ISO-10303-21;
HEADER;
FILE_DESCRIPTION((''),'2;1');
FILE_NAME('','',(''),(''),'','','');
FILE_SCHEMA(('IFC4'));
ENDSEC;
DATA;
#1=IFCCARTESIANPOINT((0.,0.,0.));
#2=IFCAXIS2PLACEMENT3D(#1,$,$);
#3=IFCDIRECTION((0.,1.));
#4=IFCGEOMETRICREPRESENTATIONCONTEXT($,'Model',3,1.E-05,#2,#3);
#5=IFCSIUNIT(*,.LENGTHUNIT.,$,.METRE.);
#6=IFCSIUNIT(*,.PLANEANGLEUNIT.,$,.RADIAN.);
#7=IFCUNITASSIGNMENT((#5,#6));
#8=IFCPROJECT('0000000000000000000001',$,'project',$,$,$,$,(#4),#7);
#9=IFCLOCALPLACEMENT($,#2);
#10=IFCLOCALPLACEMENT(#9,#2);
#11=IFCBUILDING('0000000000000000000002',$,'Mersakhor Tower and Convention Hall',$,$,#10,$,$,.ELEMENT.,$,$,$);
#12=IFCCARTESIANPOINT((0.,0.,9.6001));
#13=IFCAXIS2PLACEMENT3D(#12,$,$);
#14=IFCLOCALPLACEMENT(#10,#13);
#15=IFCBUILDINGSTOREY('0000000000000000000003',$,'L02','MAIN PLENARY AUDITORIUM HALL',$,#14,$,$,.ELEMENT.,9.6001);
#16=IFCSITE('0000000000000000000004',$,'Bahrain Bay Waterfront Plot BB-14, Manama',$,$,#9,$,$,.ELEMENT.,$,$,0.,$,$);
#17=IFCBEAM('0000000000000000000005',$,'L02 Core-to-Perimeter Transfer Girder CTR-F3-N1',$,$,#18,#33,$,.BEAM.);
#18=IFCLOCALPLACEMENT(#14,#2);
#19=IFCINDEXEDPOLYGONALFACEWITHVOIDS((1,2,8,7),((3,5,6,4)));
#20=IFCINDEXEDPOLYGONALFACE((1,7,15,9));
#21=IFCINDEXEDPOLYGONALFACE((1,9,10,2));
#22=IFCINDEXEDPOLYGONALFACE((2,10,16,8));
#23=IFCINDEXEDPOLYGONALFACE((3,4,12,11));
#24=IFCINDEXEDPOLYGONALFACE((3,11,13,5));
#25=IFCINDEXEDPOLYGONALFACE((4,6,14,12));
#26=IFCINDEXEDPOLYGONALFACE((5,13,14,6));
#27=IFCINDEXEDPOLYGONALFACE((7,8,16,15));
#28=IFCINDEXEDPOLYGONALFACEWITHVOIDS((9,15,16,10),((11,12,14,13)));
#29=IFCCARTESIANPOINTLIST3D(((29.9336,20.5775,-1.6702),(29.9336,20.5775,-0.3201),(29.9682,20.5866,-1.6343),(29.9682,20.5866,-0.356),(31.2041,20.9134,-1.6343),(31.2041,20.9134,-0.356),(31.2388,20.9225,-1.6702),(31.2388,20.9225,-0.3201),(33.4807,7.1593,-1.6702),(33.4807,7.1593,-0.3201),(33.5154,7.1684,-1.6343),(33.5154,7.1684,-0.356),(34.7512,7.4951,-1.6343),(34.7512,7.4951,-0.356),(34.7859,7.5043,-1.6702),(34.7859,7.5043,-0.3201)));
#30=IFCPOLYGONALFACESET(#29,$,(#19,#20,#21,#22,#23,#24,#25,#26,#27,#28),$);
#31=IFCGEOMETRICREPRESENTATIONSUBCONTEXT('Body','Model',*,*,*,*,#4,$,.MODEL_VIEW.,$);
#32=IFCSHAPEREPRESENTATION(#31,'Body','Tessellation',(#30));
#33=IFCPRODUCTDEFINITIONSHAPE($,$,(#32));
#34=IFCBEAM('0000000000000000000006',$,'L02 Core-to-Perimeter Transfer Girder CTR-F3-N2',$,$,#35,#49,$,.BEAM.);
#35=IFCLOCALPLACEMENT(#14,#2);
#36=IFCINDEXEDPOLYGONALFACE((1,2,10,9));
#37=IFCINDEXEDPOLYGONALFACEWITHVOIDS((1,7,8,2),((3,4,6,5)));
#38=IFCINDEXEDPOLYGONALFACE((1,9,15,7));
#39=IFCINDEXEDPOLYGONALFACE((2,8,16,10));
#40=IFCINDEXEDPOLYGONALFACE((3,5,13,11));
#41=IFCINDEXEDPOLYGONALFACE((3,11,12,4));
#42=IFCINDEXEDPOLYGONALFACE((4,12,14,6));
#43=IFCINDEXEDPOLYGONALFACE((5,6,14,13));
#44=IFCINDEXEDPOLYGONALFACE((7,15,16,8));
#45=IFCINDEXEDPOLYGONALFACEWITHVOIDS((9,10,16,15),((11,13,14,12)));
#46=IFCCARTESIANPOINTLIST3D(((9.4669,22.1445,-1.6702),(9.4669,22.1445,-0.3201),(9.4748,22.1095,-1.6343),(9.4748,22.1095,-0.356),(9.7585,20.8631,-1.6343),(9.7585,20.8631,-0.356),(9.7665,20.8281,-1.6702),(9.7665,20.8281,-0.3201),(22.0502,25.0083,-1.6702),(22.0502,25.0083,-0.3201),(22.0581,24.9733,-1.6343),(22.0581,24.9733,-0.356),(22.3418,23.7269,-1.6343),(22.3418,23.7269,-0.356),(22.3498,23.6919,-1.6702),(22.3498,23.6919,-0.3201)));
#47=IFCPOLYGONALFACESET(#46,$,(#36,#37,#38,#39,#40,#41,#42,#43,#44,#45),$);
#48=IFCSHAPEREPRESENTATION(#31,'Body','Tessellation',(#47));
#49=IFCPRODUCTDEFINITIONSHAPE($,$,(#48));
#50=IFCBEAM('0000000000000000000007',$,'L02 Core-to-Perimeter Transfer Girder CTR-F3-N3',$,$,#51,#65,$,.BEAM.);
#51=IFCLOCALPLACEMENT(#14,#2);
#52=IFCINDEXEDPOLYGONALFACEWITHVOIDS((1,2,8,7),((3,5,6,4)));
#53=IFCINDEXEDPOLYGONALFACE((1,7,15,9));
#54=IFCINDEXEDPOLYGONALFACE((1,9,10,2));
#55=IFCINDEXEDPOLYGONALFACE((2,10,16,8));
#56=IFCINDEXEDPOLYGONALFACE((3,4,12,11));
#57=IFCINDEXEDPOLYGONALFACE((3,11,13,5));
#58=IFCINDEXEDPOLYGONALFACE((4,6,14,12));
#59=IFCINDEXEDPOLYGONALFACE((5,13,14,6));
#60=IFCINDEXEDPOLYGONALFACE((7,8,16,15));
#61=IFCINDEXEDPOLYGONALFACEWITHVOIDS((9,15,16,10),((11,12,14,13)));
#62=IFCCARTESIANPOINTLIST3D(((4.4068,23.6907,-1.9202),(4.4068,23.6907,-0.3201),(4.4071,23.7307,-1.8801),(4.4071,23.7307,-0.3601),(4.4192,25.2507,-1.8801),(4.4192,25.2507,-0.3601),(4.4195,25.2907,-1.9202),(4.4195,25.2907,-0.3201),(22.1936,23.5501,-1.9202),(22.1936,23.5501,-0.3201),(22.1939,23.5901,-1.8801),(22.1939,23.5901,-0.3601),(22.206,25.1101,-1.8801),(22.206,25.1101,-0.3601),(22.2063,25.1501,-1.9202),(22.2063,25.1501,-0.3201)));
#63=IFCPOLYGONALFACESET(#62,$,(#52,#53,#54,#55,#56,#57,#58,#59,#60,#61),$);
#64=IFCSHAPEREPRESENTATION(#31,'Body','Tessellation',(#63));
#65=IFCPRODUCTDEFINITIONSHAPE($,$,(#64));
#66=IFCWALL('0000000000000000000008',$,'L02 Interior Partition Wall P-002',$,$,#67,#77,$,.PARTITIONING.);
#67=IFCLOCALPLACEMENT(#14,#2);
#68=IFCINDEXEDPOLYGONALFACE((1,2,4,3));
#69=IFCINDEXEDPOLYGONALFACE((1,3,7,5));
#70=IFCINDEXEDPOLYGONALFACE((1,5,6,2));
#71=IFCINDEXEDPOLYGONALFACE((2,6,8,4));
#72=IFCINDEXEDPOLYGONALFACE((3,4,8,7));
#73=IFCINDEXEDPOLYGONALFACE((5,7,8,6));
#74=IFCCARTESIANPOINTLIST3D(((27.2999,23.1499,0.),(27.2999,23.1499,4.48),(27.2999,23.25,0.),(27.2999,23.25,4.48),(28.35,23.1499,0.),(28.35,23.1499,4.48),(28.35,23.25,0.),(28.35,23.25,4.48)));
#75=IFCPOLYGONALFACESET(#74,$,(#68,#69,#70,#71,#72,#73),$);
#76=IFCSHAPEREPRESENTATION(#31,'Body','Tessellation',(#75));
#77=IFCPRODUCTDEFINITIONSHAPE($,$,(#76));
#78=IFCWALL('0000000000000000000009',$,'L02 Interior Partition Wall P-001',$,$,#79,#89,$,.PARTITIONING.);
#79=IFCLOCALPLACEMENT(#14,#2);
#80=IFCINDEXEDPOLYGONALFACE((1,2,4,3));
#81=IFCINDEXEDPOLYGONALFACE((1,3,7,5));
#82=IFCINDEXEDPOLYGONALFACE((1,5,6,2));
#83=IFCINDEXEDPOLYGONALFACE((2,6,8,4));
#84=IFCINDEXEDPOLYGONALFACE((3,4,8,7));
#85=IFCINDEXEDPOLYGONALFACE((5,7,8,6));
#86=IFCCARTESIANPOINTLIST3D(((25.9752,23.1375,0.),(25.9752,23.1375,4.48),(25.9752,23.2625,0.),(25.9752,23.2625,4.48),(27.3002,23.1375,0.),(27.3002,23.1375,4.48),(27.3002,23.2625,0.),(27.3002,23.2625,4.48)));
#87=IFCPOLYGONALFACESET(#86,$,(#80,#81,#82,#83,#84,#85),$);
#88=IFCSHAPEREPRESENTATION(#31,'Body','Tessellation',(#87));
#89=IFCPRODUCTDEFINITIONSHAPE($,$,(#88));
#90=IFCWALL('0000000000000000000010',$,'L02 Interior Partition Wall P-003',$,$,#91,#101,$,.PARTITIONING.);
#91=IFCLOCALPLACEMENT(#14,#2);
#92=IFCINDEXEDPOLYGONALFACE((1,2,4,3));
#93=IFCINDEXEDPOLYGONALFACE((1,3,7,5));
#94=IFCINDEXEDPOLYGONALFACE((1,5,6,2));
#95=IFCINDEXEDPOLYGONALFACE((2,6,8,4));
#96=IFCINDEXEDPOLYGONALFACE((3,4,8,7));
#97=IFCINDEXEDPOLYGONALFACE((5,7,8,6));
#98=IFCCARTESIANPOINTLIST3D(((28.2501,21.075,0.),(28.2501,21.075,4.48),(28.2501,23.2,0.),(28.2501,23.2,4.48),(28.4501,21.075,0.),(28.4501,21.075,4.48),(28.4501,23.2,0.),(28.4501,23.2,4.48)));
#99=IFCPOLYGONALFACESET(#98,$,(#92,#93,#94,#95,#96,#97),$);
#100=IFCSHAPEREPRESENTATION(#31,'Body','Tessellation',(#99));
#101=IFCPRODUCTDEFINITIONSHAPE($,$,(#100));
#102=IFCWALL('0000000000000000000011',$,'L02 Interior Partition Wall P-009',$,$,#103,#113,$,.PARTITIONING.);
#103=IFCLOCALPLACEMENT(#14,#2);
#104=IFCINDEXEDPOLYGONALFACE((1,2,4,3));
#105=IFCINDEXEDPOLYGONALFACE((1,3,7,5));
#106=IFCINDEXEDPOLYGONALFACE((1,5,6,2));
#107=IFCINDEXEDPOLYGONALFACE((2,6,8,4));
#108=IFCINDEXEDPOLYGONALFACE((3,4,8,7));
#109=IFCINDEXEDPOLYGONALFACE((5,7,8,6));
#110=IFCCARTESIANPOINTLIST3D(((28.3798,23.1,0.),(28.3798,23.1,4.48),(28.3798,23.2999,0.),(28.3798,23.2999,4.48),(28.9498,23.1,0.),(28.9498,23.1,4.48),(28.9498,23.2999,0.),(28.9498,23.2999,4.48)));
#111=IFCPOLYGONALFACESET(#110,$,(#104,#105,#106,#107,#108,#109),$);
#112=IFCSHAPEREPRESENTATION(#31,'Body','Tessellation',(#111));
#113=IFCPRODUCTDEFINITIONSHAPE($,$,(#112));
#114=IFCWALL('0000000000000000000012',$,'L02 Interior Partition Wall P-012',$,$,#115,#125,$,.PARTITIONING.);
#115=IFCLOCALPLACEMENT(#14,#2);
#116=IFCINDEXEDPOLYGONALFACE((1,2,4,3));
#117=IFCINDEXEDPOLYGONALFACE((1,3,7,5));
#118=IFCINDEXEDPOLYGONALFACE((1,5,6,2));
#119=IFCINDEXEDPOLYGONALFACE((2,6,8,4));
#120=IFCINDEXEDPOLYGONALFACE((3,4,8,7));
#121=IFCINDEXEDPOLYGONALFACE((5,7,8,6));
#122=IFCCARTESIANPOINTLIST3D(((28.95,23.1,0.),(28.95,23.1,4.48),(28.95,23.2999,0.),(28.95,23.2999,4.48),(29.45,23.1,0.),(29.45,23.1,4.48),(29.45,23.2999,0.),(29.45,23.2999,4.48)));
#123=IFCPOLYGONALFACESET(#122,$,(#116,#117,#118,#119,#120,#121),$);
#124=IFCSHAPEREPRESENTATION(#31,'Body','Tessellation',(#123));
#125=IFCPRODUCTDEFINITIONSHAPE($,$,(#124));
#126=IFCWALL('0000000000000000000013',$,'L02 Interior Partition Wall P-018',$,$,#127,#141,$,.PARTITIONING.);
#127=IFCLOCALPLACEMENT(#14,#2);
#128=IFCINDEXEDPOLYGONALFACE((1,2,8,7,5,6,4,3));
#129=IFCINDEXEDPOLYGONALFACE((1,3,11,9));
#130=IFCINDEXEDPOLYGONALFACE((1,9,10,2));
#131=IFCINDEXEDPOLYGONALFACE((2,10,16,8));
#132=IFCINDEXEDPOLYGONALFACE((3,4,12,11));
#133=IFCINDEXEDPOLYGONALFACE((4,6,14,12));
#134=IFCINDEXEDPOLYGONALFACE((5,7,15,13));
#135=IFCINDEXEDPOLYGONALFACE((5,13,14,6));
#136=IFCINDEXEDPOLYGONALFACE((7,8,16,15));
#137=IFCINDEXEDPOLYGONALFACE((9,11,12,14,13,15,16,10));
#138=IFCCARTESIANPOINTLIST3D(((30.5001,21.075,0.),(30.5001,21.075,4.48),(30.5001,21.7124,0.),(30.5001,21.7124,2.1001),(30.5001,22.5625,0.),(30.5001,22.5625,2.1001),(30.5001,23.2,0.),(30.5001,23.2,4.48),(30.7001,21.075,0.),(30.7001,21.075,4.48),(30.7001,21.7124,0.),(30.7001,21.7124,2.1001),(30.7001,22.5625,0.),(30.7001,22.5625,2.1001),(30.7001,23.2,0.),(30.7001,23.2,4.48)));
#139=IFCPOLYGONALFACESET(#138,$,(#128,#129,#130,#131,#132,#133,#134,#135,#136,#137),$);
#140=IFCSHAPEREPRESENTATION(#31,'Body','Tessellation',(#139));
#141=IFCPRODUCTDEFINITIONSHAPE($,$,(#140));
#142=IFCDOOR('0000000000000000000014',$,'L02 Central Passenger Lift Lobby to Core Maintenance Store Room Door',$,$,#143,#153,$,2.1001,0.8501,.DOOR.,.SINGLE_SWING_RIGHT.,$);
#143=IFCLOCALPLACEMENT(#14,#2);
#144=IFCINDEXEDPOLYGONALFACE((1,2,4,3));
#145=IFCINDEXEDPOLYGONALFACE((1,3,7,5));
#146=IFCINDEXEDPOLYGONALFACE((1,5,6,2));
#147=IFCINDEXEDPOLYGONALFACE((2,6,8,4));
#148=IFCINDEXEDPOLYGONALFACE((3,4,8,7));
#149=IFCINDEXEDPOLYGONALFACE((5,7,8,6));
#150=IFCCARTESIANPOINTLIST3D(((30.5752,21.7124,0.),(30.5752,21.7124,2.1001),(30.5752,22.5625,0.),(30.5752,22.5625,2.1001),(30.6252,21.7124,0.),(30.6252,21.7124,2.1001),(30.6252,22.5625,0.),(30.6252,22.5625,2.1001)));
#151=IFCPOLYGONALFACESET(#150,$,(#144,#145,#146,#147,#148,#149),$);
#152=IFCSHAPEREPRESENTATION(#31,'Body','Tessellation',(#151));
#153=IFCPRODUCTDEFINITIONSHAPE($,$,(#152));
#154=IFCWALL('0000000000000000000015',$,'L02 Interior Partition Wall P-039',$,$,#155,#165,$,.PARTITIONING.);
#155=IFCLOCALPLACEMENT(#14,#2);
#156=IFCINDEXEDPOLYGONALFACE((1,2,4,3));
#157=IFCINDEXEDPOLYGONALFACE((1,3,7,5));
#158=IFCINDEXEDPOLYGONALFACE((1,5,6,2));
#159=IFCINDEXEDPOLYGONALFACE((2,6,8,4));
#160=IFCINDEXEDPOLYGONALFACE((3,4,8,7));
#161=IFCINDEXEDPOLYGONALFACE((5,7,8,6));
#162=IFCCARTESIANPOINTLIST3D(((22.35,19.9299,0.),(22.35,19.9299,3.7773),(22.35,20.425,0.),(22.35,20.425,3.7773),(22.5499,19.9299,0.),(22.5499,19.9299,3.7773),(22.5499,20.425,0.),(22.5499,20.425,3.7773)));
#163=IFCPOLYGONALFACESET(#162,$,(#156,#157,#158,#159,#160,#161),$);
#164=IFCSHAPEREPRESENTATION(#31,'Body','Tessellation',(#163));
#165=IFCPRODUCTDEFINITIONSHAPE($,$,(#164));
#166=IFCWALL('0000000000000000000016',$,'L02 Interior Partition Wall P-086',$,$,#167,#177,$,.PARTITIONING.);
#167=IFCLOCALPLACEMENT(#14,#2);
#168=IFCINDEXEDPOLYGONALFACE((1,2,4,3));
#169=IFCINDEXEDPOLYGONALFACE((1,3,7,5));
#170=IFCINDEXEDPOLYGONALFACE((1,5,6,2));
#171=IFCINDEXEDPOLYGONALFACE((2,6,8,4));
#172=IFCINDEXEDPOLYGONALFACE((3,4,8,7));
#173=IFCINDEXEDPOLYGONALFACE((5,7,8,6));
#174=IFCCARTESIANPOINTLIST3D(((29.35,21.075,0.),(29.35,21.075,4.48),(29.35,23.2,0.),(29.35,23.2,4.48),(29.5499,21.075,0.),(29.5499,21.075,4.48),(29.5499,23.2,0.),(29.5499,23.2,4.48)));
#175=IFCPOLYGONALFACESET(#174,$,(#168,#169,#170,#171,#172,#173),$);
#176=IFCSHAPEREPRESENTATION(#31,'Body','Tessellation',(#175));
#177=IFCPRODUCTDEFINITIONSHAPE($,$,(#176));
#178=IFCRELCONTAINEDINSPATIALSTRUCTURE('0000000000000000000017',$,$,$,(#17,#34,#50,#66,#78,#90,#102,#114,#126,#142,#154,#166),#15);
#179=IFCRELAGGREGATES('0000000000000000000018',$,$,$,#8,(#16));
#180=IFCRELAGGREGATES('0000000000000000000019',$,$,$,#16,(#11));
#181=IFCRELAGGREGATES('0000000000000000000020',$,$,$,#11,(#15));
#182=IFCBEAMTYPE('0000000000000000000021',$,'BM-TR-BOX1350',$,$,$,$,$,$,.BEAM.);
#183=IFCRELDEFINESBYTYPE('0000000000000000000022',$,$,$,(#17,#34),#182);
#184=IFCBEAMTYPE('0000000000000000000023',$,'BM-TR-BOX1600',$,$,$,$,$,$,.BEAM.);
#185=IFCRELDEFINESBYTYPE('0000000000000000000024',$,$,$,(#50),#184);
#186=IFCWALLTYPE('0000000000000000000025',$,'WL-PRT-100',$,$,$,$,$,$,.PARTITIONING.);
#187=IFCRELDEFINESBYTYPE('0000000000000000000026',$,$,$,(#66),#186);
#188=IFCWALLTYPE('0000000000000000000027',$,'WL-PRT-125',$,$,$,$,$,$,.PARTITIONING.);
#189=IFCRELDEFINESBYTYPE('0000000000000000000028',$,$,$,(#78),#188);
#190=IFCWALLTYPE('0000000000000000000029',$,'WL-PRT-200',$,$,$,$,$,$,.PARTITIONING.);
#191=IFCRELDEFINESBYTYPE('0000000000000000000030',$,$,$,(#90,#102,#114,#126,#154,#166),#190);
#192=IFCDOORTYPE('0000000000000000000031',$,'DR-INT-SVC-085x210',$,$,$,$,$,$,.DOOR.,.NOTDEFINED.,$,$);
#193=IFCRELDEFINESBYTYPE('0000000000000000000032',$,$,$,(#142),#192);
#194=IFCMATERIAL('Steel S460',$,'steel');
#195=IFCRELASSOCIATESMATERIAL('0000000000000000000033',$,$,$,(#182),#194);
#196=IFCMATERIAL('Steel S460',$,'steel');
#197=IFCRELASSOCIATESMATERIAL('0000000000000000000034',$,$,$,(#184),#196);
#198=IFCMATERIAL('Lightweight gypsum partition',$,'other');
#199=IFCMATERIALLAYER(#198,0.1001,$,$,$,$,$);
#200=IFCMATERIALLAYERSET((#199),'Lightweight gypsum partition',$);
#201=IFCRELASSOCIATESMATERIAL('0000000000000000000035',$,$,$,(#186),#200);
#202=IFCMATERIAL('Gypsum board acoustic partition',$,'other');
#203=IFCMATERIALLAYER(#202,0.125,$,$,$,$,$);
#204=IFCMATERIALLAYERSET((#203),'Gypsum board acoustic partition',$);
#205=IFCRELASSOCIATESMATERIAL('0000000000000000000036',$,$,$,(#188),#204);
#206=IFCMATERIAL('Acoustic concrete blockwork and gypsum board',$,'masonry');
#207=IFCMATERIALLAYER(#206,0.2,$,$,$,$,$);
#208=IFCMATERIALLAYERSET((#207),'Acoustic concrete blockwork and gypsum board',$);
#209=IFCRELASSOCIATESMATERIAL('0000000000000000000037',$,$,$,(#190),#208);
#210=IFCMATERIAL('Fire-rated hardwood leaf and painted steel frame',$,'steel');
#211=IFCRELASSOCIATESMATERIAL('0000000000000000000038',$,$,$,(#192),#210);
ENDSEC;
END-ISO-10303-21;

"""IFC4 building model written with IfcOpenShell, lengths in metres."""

from ifc_helpers import new_model, si_unit, direction, frame, frame_2d, origin, origin_2d, place, context, subcontext, project, spatial, rectangle, hollow_rectangle, extrude, material, layer, layer_set, material_profile, profile_set, type_object, element, fill, save


model = new_model("IFC4")

# Units and contexts
model_context = context("Model", 3, precision=1e-05, world=origin(), true_north=direction((0.0, 1.0)))
body_context = subcontext(model_context, "Body", "Model", "MODEL_VIEW")
ifc_project = project(units=[si_unit("LENGTHUNIT", "METRE"), si_unit("PLANEANGLEUNIT", "RADIAN")], contexts=[model_context])

# Site, building, storey
site_placement = place(None, origin())
site = spatial("IfcSite", under=ifc_project, at=site_placement, Name="Bahrain Bay Waterfront Plot BB-14, Manama", CompositionType="ELEMENT", RefElevation=0.0)
building_placement = place(site_placement, origin())
building = spatial("IfcBuilding", under=site, at=building_placement, Name="Mersakhor Tower and Convention Hall", CompositionType="ELEMENT")
storey_placement = place(building_placement, frame((0.0, 0.0, 9.6001)))
storey = spatial("IfcBuildingStorey", under=building, at=storey_placement, Name="L02", Description="MAIN PLENARY AUDITORIUM HALL", CompositionType="ELEMENT", Elevation=9.6001)

# Beams
ifc_material_1 = material(Name="Steel S460", Category="steel")
ifc_material_profile_1 = material_profile(ifc_material_1, hollow_rectangle(XDim=1.3501, YDim=1.3501, WallThickness=0.0359, at=origin_2d()), Name="SHS 1350x1350x36")
ifc_profile_set_1 = profile_set([ifc_material_profile_1], Name="Steel S460")
beam_type_1 = type_object("IfcBeamType", Name="BM-TR-BOX1350", PredefinedType="BEAM", material=ifc_profile_set_1)
beam_1_placement = place(storey_placement, frame((30.5862, 20.75, -0.9951), z_axis=(0.255572, -0.96679, 0.0), x_axis=(0.96679, 0.255572, 0.0)))
element("IfcBeam", 1, at=beam_1_placement, inside=storey, type_object=beam_type_1, Name="L02 Core-to-Perimeter Transfer Girder CTR-F3-N1", PredefinedType="BEAM", context=body_context, shape_type="SweptSolid", body=[
    extrude(hollow_rectangle(XDim=1.3501, YDim=1.3501, WallThickness=0.0359, at=origin_2d()), origin(), (0.0, 0.0, 1.0), 13.8792),
])
beam_2_placement = place(storey_placement, frame((22.2, 24.3501, -0.9951), z_axis=(-0.975067, -0.221911, 0.0), x_axis=(0.221911, -0.975067, 0.0)))
element("IfcBeam", 2, at=beam_2_placement, inside=storey, type_object=beam_type_1, Name="L02 Core-to-Perimeter Transfer Girder CTR-F3-N2", PredefinedType="BEAM", context=body_context, shape_type="SweptSolid", body=[
    extrude(hollow_rectangle(XDim=1.3501, YDim=1.3501, WallThickness=0.0359, at=origin_2d()), origin(), (0.0, 0.0, 1.0), 12.905),
])
ifc_material_2 = material(Name="Steel S460", Category="steel")
ifc_material_profile_2 = material_profile(ifc_material_2, hollow_rectangle(XDim=1.6001, YDim=1.6001, WallThickness=0.04, at=origin_2d()), Name="SHS 1600x1600x40")
ifc_profile_set_2 = profile_set([ifc_material_profile_2], Name="Steel S460")
beam_type_2 = type_object("IfcBeamType", Name="BM-TR-BOX1600", PredefinedType="BEAM", material=ifc_profile_set_2)
beam_3_placement = place(storey_placement, frame((22.2, 24.3501, -1.1201), z_axis=(-0.999969, 0.007906, 0.0), x_axis=(-0.007906, -0.999969, 0.0)))
element("IfcBeam", 3, at=beam_3_placement, inside=storey, type_object=beam_type_2, Name="L02 Core-to-Perimeter Transfer Girder CTR-F3-N3", PredefinedType="BEAM", context=body_context, shape_type="SweptSolid", body=[
    extrude(hollow_rectangle(XDim=1.6001, YDim=1.6001, WallThickness=0.04, at=origin_2d()), origin(), (0.0, 0.0, 1.0), 17.7874),
])

# Walls
ifc_material_3 = material(Name="Lightweight gypsum partition", Category="other")
ifc_layer_1 = layer(ifc_material_3, 0.1001)
ifc_layer_set_1 = layer_set([ifc_layer_1], Name="Lightweight gypsum partition")
wall_type_1 = type_object("IfcWallType", Name="WL-PRT-100", PredefinedType="PARTITIONING", material=ifc_layer_set_1)
wall_1_placement = place(storey_placement, frame((27.3, 23.2, 0.0), z_axis=(0.0, 0.0, 1.0), x_axis=(1.0, 0.0, 0.0)))
element("IfcWall", 4, at=wall_1_placement, inside=storey, type_object=wall_type_1, Name="L02 Interior Partition Wall P-002", PredefinedType="PARTITIONING", context=body_context, shape_type="SweptSolid", body=[
    extrude(rectangle(XDim=1.05, YDim=0.1001, at=frame_2d((0.5249, 0.0))), origin(), (0.0, 0.0, 1.0), 4.48),
])
ifc_material_4 = material(Name="Gypsum board acoustic partition", Category="other")
ifc_layer_2 = layer(ifc_material_4, 0.125)
ifc_layer_set_2 = layer_set([ifc_layer_2], Name="Gypsum board acoustic partition")
wall_type_2 = type_object("IfcWallType", Name="WL-PRT-125", PredefinedType="PARTITIONING", material=ifc_layer_set_2)
wall_2_placement = place(storey_placement, frame((25.9751, 23.2, 0.0), z_axis=(0.0, 0.0, 1.0), x_axis=(1.0, 0.0, 0.0)))
element("IfcWall", 5, at=wall_2_placement, inside=storey, type_object=wall_type_2, Name="L02 Interior Partition Wall P-001", PredefinedType="PARTITIONING", context=body_context, shape_type="SweptSolid", body=[
    extrude(rectangle(XDim=1.325, YDim=0.125, at=frame_2d((0.6626, 0.0))), origin(), (0.0, 0.0, 1.0), 4.48),
])
ifc_material_5 = material(Name="Acoustic concrete blockwork and gypsum board", Category="masonry")
ifc_layer_3 = layer(ifc_material_5, 0.2)
ifc_layer_set_3 = layer_set([ifc_layer_3], Name="Acoustic concrete blockwork and gypsum board")
wall_type_3 = type_object("IfcWallType", Name="WL-PRT-200", PredefinedType="PARTITIONING", material=ifc_layer_set_3)
wall_3_placement = place(storey_placement, frame((28.3501, 23.2, 0.0), z_axis=(0.0, 0.0, 1.0), x_axis=(0.0, -1.0, 0.0)))
element("IfcWall", 6, at=wall_3_placement, inside=storey, type_object=wall_type_3, Name="L02 Interior Partition Wall P-003", PredefinedType="PARTITIONING", context=body_context, shape_type="SweptSolid", body=[
    extrude(rectangle(XDim=2.125, YDim=0.2, at=frame_2d((1.0625, 0.0))), origin(), (0.0, 0.0, 1.0), 4.48),
])
wall_4_placement = place(storey_placement, frame((28.95, 23.2, 0.0), z_axis=(0.0, 0.0, 1.0), x_axis=(-1.0, 0.0, 0.0)))
element("IfcWall", 7, at=wall_4_placement, inside=storey, type_object=wall_type_3, Name="L02 Interior Partition Wall P-009", PredefinedType="PARTITIONING", context=body_context, shape_type="SweptSolid", body=[
    extrude(rectangle(XDim=0.5701, YDim=0.2, at=frame_2d((0.2852, 0.0))), origin(), (0.0, 0.0, 1.0), 4.48),
])
wall_5_placement = place(storey_placement, frame((29.45, 23.2, 0.0), z_axis=(0.0, 0.0, 1.0), x_axis=(-1.0, 0.0, 0.0)))
element("IfcWall", 8, at=wall_5_placement, inside=storey, type_object=wall_type_3, Name="L02 Interior Partition Wall P-012", PredefinedType="PARTITIONING", context=body_context, shape_type="SweptSolid", body=[
    extrude(rectangle(XDim=0.5, YDim=0.2, at=frame_2d((0.25, 0.0))), origin(), (0.0, 0.0, 1.0), 4.48),
])

# Wall, opening, door
wall_6_placement = place(storey_placement, frame((30.6001, 21.075, 0.0), z_axis=(0.0, 0.0, 1.0), x_axis=(0.0, 1.0, 0.0)))
wall_6 = element("IfcWall", 9, at=wall_6_placement, inside=storey, type_object=wall_type_3, Name="L02 Interior Partition Wall P-018", PredefinedType="PARTITIONING", context=body_context, shape_type="SweptSolid", body=[
    extrude(rectangle(XDim=2.125, YDim=0.2, at=frame_2d((1.0625, 0.0))), origin(), (0.0, 0.0, 1.0), 4.48),
])
opening_1_placement = place(wall_6_placement, frame((0.6375, 0.0, 0.0)))
opening_1 = element("IfcOpeningElement", 10, at=opening_1_placement, cuts=wall_6, PredefinedType="OPENING", context=body_context, shape_type="SweptSolid", body=[
    extrude(rectangle(XDim=0.8501, YDim=2.1001, at=frame_2d((0.425, 1.05))), frame((0.0, 0.1099, 0.0), z_axis=(0.0, -1.0, 0.0), x_axis=(1.0, 0.0, 0.0)), (0.0, 0.0, 1.0), 0.22),
])
ifc_material_6 = material(Name="Fire-rated hardwood leaf and painted steel frame", Category="steel")
door_type_1 = type_object("IfcDoorType", Name="DR-INT-SVC-085x210", OperationType="NOTDEFINED", PredefinedType="DOOR", material=ifc_material_6)
door_1_placement = place(opening_1_placement, origin())
door_1 = element("IfcDoor", 11, at=door_1_placement, inside=storey, type_object=door_type_1, Name="L02 Central Passenger Lift Lobby to Core Maintenance Store Room Door", OperationType="SINGLE_SWING_RIGHT", OverallHeight=2.1001, OverallWidth=0.8501, PredefinedType="DOOR", context=body_context, shape_type="SweptSolid", body=[
    extrude(rectangle(XDim=0.8501, YDim=2.1001, at=frame_2d((0.425, 1.05))), frame((0.0, 0.0249, 0.0), z_axis=(0.0, -1.0, 0.0), x_axis=(1.0, 0.0, 0.0)), (0.0, 0.0, 1.0), 0.05),
])
fill(opening_1, door_1)

# Walls
wall_7_placement = place(storey_placement, frame((22.45, 19.9299, 0.0), z_axis=(0.0, 0.0, 1.0), x_axis=(0.0, 1.0, 0.0)))
element("IfcWall", 12, at=wall_7_placement, inside=storey, type_object=wall_type_3, Name="L02 Interior Partition Wall P-039", PredefinedType="PARTITIONING", context=body_context, shape_type="SweptSolid", body=[
    extrude(rectangle(XDim=0.4951, YDim=0.2, at=frame_2d((0.2476, 0.0))), origin(), (0.0, 0.0, 1.0), 3.7773),
])
wall_8_placement = place(storey_placement, frame((29.45, 23.2, 0.0), z_axis=(0.0, 0.0, 1.0), x_axis=(0.0, -1.0, 0.0)))
element("IfcWall", 13, at=wall_8_placement, inside=storey, type_object=wall_type_3, Name="L02 Interior Partition Wall P-086", PredefinedType="PARTITIONING", context=body_context, shape_type="SweptSolid", body=[
    extrude(rectangle(XDim=2.125, YDim=0.2, at=frame_2d((1.0625, 0.0))), origin(), (0.0, 0.0, 1.0), 4.48),
])

save(model, "model.ifc")
